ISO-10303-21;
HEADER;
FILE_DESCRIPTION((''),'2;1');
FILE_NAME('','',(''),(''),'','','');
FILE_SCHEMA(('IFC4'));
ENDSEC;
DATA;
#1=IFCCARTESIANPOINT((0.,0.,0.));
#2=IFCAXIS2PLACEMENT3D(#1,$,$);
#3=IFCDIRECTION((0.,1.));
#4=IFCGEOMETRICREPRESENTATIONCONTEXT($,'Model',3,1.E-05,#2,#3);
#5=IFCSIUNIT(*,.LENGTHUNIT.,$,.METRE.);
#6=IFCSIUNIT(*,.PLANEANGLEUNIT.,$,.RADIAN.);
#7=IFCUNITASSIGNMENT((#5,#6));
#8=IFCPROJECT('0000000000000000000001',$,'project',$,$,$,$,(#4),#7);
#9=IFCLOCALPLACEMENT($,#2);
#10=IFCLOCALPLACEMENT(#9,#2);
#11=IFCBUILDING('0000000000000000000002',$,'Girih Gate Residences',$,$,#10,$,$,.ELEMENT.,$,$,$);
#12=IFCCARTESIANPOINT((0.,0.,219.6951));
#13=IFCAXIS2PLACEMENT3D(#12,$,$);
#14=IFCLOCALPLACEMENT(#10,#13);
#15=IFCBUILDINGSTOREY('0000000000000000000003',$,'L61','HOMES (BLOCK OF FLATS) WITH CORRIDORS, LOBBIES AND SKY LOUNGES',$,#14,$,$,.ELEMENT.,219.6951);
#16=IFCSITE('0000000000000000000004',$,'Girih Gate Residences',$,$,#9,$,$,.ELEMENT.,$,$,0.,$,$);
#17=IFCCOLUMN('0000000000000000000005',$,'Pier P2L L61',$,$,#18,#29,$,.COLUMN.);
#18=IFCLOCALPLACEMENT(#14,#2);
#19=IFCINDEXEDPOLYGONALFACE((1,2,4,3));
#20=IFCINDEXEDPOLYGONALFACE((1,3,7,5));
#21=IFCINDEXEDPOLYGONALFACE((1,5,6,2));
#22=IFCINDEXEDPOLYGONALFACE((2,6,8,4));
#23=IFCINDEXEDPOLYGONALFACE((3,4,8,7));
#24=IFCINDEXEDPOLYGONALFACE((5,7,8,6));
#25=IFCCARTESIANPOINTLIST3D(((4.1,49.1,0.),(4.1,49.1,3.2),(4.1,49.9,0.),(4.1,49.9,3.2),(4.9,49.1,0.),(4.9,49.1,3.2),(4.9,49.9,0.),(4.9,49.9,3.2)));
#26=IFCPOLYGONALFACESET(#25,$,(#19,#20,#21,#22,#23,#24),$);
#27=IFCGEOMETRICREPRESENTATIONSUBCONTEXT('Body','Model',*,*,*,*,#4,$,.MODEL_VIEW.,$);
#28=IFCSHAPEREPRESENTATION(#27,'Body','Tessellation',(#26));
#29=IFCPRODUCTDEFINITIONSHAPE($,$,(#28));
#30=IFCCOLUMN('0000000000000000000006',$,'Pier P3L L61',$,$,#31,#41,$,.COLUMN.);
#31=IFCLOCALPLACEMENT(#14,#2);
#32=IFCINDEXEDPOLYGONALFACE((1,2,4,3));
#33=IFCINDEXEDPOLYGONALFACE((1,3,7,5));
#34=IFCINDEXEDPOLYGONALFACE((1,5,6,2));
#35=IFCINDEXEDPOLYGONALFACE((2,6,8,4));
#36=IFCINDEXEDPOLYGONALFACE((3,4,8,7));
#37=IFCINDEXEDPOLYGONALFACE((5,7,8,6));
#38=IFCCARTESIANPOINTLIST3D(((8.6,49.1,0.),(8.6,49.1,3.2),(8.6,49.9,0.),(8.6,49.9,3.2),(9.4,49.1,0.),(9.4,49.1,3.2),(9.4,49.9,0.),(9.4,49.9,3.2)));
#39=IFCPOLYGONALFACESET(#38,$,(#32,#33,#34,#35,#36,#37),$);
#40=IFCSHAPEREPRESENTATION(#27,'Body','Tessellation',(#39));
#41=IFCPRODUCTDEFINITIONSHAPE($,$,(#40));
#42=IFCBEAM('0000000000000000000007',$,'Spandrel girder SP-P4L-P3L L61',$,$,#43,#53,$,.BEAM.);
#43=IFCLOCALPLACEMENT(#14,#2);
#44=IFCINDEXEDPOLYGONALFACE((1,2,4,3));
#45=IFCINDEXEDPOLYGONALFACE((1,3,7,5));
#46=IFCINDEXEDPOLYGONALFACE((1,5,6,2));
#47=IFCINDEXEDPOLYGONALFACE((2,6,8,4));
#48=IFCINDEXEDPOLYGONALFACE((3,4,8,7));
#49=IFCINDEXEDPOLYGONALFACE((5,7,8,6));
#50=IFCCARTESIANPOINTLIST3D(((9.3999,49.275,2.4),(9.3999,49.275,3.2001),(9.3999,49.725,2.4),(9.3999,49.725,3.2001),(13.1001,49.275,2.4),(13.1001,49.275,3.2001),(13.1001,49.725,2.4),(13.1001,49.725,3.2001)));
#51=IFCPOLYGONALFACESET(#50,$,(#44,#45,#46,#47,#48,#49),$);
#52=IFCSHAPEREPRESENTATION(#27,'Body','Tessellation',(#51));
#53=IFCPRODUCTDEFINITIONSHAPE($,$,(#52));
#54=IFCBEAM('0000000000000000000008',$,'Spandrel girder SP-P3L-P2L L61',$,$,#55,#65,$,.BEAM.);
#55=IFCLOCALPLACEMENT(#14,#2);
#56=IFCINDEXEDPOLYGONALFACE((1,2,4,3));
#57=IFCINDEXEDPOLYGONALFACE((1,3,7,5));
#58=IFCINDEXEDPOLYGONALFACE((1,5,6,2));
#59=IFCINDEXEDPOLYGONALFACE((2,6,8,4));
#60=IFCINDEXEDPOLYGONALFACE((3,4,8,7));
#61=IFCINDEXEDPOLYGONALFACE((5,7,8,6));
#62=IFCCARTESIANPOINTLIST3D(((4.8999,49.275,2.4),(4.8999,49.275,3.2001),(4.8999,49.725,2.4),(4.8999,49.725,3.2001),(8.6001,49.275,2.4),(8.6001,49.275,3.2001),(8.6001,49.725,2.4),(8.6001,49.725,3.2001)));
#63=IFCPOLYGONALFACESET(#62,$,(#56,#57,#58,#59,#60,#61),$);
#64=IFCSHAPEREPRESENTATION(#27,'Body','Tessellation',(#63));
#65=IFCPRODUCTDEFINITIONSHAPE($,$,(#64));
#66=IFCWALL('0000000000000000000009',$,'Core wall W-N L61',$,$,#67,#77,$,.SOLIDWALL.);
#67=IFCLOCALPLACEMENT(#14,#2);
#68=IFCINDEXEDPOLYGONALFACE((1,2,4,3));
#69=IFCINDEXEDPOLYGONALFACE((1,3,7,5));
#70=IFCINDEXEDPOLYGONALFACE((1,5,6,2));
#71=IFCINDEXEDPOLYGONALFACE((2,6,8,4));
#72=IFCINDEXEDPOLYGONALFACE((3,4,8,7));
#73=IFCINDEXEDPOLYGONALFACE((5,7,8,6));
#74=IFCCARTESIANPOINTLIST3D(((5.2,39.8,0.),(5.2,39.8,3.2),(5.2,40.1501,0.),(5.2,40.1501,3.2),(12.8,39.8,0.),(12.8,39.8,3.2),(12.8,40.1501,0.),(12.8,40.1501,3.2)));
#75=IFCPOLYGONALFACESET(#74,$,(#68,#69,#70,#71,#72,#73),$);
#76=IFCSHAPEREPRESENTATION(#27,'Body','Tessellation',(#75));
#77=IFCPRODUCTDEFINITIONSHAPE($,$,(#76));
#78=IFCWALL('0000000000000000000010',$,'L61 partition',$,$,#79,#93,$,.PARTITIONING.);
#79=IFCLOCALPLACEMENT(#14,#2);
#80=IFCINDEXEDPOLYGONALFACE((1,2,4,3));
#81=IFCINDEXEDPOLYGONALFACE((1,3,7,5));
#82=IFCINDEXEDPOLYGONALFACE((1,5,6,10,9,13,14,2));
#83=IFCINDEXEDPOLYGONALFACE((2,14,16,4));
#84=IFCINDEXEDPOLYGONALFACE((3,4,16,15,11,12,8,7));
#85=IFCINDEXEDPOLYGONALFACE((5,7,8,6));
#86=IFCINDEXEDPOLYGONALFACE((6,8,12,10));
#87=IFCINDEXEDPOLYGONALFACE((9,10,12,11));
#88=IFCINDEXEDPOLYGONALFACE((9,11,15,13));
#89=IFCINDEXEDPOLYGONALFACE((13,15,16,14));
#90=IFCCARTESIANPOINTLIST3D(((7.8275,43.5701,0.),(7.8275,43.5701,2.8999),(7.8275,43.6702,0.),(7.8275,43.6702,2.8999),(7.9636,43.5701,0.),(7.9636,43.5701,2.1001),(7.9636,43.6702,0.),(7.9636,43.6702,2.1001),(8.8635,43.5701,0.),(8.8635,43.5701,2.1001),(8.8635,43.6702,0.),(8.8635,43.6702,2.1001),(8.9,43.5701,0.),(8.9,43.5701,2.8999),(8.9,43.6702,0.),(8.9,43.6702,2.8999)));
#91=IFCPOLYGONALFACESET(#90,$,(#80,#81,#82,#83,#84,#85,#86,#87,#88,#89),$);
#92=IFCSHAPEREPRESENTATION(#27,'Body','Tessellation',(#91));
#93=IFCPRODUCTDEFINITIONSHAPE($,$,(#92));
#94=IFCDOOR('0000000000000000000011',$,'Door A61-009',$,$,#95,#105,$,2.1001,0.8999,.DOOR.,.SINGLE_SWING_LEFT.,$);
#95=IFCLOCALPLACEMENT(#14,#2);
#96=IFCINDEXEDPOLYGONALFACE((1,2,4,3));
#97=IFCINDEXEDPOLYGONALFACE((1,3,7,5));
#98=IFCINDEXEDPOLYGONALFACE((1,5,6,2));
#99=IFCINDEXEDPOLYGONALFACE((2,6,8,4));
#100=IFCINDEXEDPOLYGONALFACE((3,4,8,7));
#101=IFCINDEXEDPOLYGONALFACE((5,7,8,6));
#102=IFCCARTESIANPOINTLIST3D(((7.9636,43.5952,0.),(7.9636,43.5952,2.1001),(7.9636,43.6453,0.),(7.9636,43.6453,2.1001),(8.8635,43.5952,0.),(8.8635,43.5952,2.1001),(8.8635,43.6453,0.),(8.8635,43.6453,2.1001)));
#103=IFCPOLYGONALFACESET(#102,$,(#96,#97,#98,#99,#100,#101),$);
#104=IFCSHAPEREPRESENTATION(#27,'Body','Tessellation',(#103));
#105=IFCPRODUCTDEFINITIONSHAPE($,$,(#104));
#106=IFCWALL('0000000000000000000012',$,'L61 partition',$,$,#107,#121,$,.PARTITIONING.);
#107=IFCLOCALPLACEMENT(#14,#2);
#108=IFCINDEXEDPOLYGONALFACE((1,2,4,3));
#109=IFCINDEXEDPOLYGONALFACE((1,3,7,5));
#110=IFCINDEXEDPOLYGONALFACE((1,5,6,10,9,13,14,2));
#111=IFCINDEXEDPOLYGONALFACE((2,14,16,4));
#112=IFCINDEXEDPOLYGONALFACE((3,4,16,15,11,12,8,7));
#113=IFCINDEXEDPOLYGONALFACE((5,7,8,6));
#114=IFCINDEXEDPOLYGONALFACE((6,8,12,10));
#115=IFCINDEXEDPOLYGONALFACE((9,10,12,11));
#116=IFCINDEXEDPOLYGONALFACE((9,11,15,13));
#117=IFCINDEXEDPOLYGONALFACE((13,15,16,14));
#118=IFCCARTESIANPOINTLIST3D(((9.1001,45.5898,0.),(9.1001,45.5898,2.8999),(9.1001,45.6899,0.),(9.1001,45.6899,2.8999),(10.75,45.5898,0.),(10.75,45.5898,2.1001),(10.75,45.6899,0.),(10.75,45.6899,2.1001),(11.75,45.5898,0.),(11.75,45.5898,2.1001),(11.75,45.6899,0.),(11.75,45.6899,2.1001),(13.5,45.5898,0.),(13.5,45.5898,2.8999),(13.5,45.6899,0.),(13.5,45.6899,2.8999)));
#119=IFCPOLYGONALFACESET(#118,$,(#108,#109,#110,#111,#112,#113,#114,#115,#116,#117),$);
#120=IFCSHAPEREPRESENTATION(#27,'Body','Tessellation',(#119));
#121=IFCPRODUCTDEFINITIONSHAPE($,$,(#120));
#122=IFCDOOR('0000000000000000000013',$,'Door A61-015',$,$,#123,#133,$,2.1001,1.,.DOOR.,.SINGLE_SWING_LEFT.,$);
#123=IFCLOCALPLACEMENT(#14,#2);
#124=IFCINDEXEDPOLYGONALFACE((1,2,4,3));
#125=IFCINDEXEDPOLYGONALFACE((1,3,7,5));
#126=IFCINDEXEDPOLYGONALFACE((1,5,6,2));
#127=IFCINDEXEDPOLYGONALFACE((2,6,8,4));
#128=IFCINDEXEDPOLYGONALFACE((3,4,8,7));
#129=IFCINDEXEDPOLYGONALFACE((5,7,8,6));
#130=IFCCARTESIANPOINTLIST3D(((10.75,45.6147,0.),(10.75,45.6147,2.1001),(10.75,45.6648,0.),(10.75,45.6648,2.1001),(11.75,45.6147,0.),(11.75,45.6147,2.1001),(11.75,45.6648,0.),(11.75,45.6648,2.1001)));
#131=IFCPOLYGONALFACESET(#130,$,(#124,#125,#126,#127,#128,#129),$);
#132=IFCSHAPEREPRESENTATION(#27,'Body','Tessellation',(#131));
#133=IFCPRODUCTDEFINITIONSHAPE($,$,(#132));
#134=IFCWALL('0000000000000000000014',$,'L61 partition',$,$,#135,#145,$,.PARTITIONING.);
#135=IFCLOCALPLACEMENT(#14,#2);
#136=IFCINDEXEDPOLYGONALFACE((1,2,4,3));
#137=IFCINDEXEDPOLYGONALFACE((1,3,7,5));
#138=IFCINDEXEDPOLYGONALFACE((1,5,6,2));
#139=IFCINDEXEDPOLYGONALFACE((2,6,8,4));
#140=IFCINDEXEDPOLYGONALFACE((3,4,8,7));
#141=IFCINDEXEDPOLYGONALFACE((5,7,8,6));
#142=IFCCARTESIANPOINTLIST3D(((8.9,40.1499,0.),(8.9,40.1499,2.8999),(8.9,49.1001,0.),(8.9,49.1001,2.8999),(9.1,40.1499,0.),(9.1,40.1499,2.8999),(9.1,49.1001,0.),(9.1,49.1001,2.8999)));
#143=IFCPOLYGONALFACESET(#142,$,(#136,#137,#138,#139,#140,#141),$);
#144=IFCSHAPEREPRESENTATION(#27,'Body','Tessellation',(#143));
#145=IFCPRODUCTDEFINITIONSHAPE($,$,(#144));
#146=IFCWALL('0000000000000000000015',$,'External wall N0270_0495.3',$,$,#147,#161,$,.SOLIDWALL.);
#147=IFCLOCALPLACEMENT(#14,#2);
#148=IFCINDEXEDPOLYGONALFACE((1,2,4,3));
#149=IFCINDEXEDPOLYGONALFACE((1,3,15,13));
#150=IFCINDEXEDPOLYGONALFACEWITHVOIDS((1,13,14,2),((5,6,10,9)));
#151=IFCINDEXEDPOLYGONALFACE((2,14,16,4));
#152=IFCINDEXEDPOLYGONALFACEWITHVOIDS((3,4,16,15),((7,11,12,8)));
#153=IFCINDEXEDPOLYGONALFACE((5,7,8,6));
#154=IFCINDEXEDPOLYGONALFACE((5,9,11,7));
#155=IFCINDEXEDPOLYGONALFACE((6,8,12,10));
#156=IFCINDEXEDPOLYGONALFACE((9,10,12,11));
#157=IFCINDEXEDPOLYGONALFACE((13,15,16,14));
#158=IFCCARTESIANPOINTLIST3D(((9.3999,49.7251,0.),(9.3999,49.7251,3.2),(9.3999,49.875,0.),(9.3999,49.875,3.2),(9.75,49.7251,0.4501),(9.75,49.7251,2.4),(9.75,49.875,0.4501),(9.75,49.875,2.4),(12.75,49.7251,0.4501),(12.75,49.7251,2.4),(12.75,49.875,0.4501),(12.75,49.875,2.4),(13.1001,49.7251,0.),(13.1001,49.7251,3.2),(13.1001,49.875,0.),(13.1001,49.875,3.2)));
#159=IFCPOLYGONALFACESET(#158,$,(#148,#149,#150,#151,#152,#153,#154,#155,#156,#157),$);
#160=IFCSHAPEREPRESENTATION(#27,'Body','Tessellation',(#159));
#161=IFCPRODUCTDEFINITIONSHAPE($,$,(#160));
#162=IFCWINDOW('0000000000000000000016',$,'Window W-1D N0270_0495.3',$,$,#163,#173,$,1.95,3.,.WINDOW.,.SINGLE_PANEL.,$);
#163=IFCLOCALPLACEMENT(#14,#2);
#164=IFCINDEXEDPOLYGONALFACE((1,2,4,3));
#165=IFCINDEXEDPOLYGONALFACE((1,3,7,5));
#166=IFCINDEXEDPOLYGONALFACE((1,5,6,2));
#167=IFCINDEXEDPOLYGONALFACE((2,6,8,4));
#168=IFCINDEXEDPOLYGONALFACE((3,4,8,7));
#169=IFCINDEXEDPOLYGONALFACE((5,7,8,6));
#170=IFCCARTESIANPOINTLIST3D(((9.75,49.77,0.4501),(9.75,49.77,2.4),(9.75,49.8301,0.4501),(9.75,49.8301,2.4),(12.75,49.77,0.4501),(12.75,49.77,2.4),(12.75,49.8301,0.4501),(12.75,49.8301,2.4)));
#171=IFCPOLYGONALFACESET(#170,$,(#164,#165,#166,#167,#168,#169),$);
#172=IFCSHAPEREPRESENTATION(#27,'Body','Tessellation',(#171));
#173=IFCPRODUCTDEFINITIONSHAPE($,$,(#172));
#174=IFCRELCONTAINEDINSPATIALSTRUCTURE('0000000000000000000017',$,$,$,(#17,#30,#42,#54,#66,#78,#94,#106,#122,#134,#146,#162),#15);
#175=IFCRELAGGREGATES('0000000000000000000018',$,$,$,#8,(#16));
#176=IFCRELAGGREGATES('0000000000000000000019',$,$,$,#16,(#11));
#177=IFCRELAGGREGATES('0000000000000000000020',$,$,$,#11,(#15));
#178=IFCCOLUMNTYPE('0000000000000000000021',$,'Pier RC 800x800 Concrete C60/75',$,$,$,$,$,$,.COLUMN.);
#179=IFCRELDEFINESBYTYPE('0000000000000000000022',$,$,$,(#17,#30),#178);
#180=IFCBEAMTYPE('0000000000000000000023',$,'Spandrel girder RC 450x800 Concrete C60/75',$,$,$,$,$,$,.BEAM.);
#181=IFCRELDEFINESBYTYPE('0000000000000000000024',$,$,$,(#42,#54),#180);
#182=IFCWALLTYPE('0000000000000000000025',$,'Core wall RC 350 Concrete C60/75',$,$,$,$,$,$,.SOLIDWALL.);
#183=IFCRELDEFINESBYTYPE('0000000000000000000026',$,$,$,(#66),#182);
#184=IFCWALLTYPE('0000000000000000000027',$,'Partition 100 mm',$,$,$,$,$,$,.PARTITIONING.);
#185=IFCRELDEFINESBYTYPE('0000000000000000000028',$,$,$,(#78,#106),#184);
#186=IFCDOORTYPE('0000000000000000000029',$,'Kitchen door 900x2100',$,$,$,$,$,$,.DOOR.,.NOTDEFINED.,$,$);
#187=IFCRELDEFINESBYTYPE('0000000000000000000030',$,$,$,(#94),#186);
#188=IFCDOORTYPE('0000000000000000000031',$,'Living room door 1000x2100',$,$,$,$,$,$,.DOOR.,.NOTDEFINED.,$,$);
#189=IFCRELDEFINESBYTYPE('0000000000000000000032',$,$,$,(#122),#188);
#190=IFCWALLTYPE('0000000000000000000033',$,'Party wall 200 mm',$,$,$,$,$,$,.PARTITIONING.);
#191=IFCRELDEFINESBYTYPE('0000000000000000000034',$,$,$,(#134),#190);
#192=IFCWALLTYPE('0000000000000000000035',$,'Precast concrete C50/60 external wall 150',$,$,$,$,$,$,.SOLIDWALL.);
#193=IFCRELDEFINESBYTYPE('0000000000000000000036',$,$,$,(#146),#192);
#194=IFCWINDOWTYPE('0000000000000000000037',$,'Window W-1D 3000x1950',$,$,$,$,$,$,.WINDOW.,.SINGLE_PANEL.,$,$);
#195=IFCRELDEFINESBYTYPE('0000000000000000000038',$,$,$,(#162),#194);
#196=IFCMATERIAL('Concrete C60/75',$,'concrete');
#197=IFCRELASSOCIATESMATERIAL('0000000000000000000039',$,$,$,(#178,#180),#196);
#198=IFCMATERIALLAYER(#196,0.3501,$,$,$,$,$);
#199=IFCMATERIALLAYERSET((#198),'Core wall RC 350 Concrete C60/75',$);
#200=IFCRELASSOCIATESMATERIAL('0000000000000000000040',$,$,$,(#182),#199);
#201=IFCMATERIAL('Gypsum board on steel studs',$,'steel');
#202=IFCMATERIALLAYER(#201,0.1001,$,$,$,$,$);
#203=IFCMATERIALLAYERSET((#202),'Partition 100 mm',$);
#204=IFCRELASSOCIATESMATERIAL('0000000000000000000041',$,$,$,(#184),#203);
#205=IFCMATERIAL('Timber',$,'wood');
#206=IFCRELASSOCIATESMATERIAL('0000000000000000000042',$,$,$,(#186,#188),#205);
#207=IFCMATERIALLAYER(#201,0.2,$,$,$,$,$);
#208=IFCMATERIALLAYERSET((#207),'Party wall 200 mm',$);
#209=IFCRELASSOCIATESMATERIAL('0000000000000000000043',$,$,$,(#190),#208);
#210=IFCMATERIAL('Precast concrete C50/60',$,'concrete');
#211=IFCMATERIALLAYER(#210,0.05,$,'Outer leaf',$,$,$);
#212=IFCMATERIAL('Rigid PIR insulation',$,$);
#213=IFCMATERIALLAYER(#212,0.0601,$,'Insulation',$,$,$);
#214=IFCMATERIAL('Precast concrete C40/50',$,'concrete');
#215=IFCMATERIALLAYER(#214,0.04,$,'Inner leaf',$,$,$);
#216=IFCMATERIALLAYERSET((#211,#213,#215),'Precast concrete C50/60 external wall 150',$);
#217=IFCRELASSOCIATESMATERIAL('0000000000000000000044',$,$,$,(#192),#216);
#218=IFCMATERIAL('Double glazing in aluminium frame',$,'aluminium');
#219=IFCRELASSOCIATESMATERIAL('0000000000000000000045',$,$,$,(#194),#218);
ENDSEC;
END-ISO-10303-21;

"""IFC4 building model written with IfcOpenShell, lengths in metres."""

from ifc_helpers import new_model, si_unit, direction, frame, frame_2d, origin, origin_2d, place, context, subcontext, project, spatial, rectangle, extrude, material, layer, layer_set, material_profile, profile_set, type_object, element, fill, save


model = new_model("IFC4")

# Units and contexts
model_context = context("Model", 3, precision=1e-05, world=origin(), true_north=direction((0.0, 1.0)))
body_context = subcontext(model_context, "Body", "Model", "MODEL_VIEW")
ifc_project = project(units=[si_unit("LENGTHUNIT", "METRE"), si_unit("PLANEANGLEUNIT", "RADIAN")], contexts=[model_context])

# Site, building, storey
site_placement = place(None, origin())
site = spatial("IfcSite", under=ifc_project, at=site_placement, Name="Girih Gate Residences", CompositionType="ELEMENT", RefElevation=0.0)
building_placement = place(site_placement, origin())
building = spatial("IfcBuilding", under=site, at=building_placement, Name="Girih Gate Residences", CompositionType="ELEMENT")
storey_placement = place(building_placement, frame((0.0, 0.0, 219.6951)))
storey = spatial("IfcBuildingStorey", under=building, at=storey_placement, Name="L61", Description="HOMES (BLOCK OF FLATS) WITH CORRIDORS, LOBBIES AND SKY LOUNGES", CompositionType="ELEMENT", Elevation=219.6951)

# Columns
ifc_material_1 = material(Name="Concrete C60/75", Category="concrete")
ifc_material_profile_1 = material_profile(ifc_material_1, rectangle(XDim=0.8, YDim=0.8, at=origin_2d()))
ifc_profile_set_1 = profile_set([ifc_material_profile_1], Name="Concrete C60/75")
column_type = type_object("IfcColumnType", Name="Pier RC 800x800 Concrete C60/75", PredefinedType="COLUMN", material=ifc_profile_set_1)
for number, where, z_axis, x_axis, name in (
    (1, (4.5, 49.5, 0.0), (0.0, 0.0, 1.0), (1.0, 0.0, 0.0), "Pier P2L L61"),
    (2, (9.0, 49.5, 0.0), (0.0, 0.0, 1.0), (1.0, 0.0, 0.0), "Pier P3L L61"),
):
    element("IfcColumn", number, at=place(storey_placement, frame(where, z_axis=z_axis, x_axis=x_axis)), inside=storey, type_object=column_type, Name=name, PredefinedType="COLUMN", context=body_context, shape_type="SweptSolid", body=[
        extrude(rectangle(XDim=0.8, YDim=0.8, at=origin_2d()), origin(), (0.0, 0.0, 1.0), 3.2),
    ])

# Beams
ifc_material_profile_2 = material_profile(ifc_material_1, rectangle(XDim=0.45, YDim=0.8, at=origin_2d()))
ifc_profile_set_2 = profile_set([ifc_material_profile_2], Name="Concrete C60/75")
beam_type = type_object("IfcBeamType", Name="Spandrel girder RC 450x800 Concrete C60/75", PredefinedType="BEAM", material=ifc_profile_set_2)
for number, where, z_axis, x_axis, name in (
    (3, (13.1001, 49.5, 2.8), (-1.0, 0.0, 0.0), (0.0, -1.0, 0.0), "Spandrel girder SP-P4L-P3L L61"),
    (4, (8.6001, 49.5, 2.8), (-1.0, 0.0, 0.0), (0.0, -1.0, 0.0), "Spandrel girder SP-P3L-P2L L61"),
):
    element("IfcBeam", number, at=place(storey_placement, frame(where, z_axis=z_axis, x_axis=x_axis)), inside=storey, type_object=beam_type, Name=name, PredefinedType="BEAM", context=body_context, shape_type="SweptSolid", body=[
        extrude(rectangle(XDim=0.45, YDim=0.8, at=origin_2d()), origin(), (0.0, 0.0, 1.0), 3.7002),
    ])

# Wall
ifc_layer_1 = layer(ifc_material_1, 0.3501)
ifc_layer_set_1 = layer_set([ifc_layer_1], Name="Core wall RC 350 Concrete C60/75")
wall_type_1 = type_object("IfcWallType", Name="Core wall RC 350 Concrete C60/75", PredefinedType="SOLIDWALL", material=ifc_layer_set_1)
wall_1_placement = place(storey_placement, frame((5.2, 39.9751, 0.0), z_axis=(0.0, 0.0, 1.0), x_axis=(1.0, 0.0, 0.0)))
element("IfcWall", 5, at=wall_1_placement, inside=storey, type_object=wall_type_1, Name="Core wall W-N L61", PredefinedType="SOLIDWALL", context=body_context, shape_type="SweptSolid", body=[
    extrude(rectangle(XDim=7.6001, YDim=0.3501, at=frame_2d((3.8, 0.0))), origin(), (0.0, 0.0, 1.0), 3.2),
])

# Walls, openings, doors
ifc_material_2 = material(Name="Gypsum board on steel studs", Category="steel")
ifc_layer_2 = layer(ifc_material_2, 0.1001)
ifc_layer_set_2 = layer_set([ifc_layer_2], Name="Partition 100 mm")
wall_type_2 = type_object("IfcWallType", Name="Partition 100 mm", PredefinedType="PARTITIONING", material=ifc_layer_set_2)
wall_2_placement = place(storey_placement, frame((8.8999, 43.6201, 0.0), z_axis=(0.0, 0.0, 1.0), x_axis=(-1.0, 0.0, 0.0)))
wall_2 = element("IfcWall", 6, at=wall_2_placement, inside=storey, type_object=wall_type_2, Name="L61 partition", PredefinedType="PARTITIONING", context=body_context, shape_type="SweptSolid", body=[
    extrude(rectangle(XDim=1.0725, YDim=0.1001, at=frame_2d((0.5361, 0.0))), origin(), (0.0, 0.0, 1.0), 2.8999),
])
opening_1_placement = place(wall_2_placement, frame((0.0364, 0.0, 0.0)))
opening_1 = element("IfcOpeningElement", 7, at=opening_1_placement, cuts=wall_2, PredefinedType="OPENING", context=body_context, shape_type="SweptSolid", body=[
    extrude(rectangle(XDim=0.8999, YDim=2.1001, at=frame_2d((0.45, 1.05))), frame((0.0, 0.0601, 0.0), z_axis=(0.0, -1.0, 0.0), x_axis=(1.0, 0.0, 0.0)), (0.0, 0.0, 1.0), 0.1201),
])
ifc_material_3 = material(Name="Timber", Category="wood")
door_type_1 = type_object("IfcDoorType", Name="Kitchen door 900x2100", OperationType="NOTDEFINED", PredefinedType="DOOR", material=ifc_material_3)
door_1_placement = place(opening_1_placement, origin())
door_1 = element("IfcDoor", 8, at=door_1_placement, inside=storey, type_object=door_type_1, Name="Door A61-009", OperationType="SINGLE_SWING_LEFT", OverallHeight=2.1001, OverallWidth=0.8999, PredefinedType="DOOR", context=body_context, shape_type="SweptSolid", body=[
    extrude(rectangle(XDim=0.8999, YDim=2.1001, at=frame_2d((0.45, 1.05))), frame((0.0, 0.0249, 0.0), z_axis=(0.0, -1.0, 0.0), x_axis=(1.0, 0.0, 0.0)), (0.0, 0.0, 1.0), 0.05),
])
fill(opening_1, door_1)
wall_3_placement = place(storey_placement, frame((9.1001, 45.6399, 0.0), z_axis=(0.0, 0.0, 1.0), x_axis=(1.0, 0.0, 0.0)))
wall_3 = element("IfcWall", 9, at=wall_3_placement, inside=storey, type_object=wall_type_2, Name="L61 partition", PredefinedType="PARTITIONING", context=body_context, shape_type="SweptSolid", body=[
    extrude(rectangle(XDim=4.3999, YDim=0.1001, at=frame_2d((2.2, 0.0))), origin(), (0.0, 0.0, 1.0), 2.8999),
])
opening_2_placement = place(wall_3_placement, frame((1.6499, 0.0, 0.0)))
opening_2 = element("IfcOpeningElement", 10, at=opening_2_placement, cuts=wall_3, PredefinedType="OPENING", context=body_context, shape_type="SweptSolid", body=[
    extrude(rectangle(XDim=1.0, YDim=2.1001, at=frame_2d((0.5, 1.05))), frame((0.0, 0.0601, 0.0), z_axis=(0.0, -1.0, 0.0), x_axis=(1.0, 0.0, 0.0)), (0.0, 0.0, 1.0), 0.1201),
])
door_type_2 = type_object("IfcDoorType", Name="Living room door 1000x2100", OperationType="NOTDEFINED", PredefinedType="DOOR", material=ifc_material_3)
door_2_placement = place(opening_2_placement, origin())
door_2 = element("IfcDoor", 11, at=door_2_placement, inside=storey, type_object=door_type_2, Name="Door A61-015", OperationType="SINGLE_SWING_LEFT", OverallHeight=2.1001, OverallWidth=1.0, PredefinedType="DOOR", context=body_context, shape_type="SweptSolid", body=[
    extrude(rectangle(XDim=1.0, YDim=2.1001, at=frame_2d((0.5, 1.05))), frame((0.0, 0.0249, 0.0), z_axis=(0.0, -1.0, 0.0), x_axis=(1.0, 0.0, 0.0)), (0.0, 0.0, 1.0), 0.05),
])
fill(opening_2, door_2)

# Wall
ifc_layer_3 = layer(ifc_material_2, 0.2)
ifc_layer_set_3 = layer_set([ifc_layer_3], Name="Party wall 200 mm")
wall_type_3 = type_object("IfcWallType", Name="Party wall 200 mm", PredefinedType="PARTITIONING", material=ifc_layer_set_3)
wall_4_placement = place(storey_placement, frame((9.0, 40.1499, 0.0), z_axis=(0.0, 0.0, 1.0), x_axis=(0.0, 1.0, 0.0)))
element("IfcWall", 12, at=wall_4_placement, inside=storey, type_object=wall_type_3, Name="L61 partition", PredefinedType="PARTITIONING", context=body_context, shape_type="SweptSolid", body=[
    extrude(rectangle(XDim=8.9502, YDim=0.2, at=frame_2d((4.4751, 0.0))), origin(), (0.0, 0.0, 1.0), 2.8999),
])

# Wall, opening, window
ifc_material_4 = material(Name="Precast concrete C50/60", Category="concrete")
ifc_layer_4 = layer(ifc_material_4, 0.05, Name="Outer leaf")
ifc_material_5 = material(Name="Rigid PIR insulation")
ifc_layer_5 = layer(ifc_material_5, 0.0601, Name="Insulation")
ifc_material_6 = material(Name="Precast concrete C40/50", Category="concrete")
ifc_layer_6 = layer(ifc_material_6, 0.04, Name="Inner leaf")
ifc_layer_set_4 = layer_set([ifc_layer_4, ifc_layer_5, ifc_layer_6], Name="Precast concrete C50/60 external wall 150")
wall_type_4 = type_object("IfcWallType", Name="Precast concrete C50/60 external wall 150", PredefinedType="SOLIDWALL", material=ifc_layer_set_4)
wall_5_placement = place(storey_placement, frame((9.3999, 49.8, 0.0), z_axis=(0.0, 0.0, 1.0), x_axis=(1.0, 0.0, 0.0)))
wall_5 = element("IfcWall", 13, at=wall_5_placement, inside=storey, type_object=wall_type_4, Name="External wall N0270_0495.3", PredefinedType="SOLIDWALL", context=body_context, shape_type="SweptSolid", body=[
    extrude(rectangle(XDim=3.7002, YDim=0.1499, at=frame_2d((1.8501, 0.0))), origin(), (0.0, 0.0, 1.0), 3.2),
])
opening_3_placement = place(wall_5_placement, frame((0.3501, 0.0, 0.45)))
opening_3 = element("IfcOpeningElement", 14, at=opening_3_placement, cuts=wall_5, PredefinedType="OPENING", context=body_context, shape_type="SweptSolid", body=[
    extrude(rectangle(XDim=3.0, YDim=1.95, at=frame_2d((1.5, 0.9751))), frame((0.0, 0.085, 0.0), z_axis=(0.0, -1.0, 0.0), x_axis=(1.0, 0.0, 0.0)), (0.0, 0.0, 1.0), 0.1699),
])
ifc_material_7 = material(Name="Double glazing in aluminium frame", Category="aluminium")
window_type = type_object("IfcWindowType", Name="Window W-1D 3000x1950", PartitioningType="SINGLE_PANEL", PredefinedType="WINDOW", material=ifc_material_7)
window_1_placement = place(opening_3_placement, origin())
window_1 = element("IfcWindow", 15, at=window_1_placement, inside=storey, type_object=window_type, Name="Window W-1D N0270_0495.3", OverallHeight=1.95, OverallWidth=3.0, PartitioningType="SINGLE_PANEL", PredefinedType="WINDOW", context=body_context, shape_type="SweptSolid", body=[
    extrude(rectangle(XDim=3.0, YDim=1.95, at=frame_2d((1.5, 0.9751))), frame((0.0, 0.03, 0.0), z_axis=(0.0, -1.0, 0.0), x_axis=(1.0, 0.0, 0.0)), (0.0, 0.0, 1.0), 0.0601),
])
fill(opening_3, window_1)

save(model, "model.ifc")
